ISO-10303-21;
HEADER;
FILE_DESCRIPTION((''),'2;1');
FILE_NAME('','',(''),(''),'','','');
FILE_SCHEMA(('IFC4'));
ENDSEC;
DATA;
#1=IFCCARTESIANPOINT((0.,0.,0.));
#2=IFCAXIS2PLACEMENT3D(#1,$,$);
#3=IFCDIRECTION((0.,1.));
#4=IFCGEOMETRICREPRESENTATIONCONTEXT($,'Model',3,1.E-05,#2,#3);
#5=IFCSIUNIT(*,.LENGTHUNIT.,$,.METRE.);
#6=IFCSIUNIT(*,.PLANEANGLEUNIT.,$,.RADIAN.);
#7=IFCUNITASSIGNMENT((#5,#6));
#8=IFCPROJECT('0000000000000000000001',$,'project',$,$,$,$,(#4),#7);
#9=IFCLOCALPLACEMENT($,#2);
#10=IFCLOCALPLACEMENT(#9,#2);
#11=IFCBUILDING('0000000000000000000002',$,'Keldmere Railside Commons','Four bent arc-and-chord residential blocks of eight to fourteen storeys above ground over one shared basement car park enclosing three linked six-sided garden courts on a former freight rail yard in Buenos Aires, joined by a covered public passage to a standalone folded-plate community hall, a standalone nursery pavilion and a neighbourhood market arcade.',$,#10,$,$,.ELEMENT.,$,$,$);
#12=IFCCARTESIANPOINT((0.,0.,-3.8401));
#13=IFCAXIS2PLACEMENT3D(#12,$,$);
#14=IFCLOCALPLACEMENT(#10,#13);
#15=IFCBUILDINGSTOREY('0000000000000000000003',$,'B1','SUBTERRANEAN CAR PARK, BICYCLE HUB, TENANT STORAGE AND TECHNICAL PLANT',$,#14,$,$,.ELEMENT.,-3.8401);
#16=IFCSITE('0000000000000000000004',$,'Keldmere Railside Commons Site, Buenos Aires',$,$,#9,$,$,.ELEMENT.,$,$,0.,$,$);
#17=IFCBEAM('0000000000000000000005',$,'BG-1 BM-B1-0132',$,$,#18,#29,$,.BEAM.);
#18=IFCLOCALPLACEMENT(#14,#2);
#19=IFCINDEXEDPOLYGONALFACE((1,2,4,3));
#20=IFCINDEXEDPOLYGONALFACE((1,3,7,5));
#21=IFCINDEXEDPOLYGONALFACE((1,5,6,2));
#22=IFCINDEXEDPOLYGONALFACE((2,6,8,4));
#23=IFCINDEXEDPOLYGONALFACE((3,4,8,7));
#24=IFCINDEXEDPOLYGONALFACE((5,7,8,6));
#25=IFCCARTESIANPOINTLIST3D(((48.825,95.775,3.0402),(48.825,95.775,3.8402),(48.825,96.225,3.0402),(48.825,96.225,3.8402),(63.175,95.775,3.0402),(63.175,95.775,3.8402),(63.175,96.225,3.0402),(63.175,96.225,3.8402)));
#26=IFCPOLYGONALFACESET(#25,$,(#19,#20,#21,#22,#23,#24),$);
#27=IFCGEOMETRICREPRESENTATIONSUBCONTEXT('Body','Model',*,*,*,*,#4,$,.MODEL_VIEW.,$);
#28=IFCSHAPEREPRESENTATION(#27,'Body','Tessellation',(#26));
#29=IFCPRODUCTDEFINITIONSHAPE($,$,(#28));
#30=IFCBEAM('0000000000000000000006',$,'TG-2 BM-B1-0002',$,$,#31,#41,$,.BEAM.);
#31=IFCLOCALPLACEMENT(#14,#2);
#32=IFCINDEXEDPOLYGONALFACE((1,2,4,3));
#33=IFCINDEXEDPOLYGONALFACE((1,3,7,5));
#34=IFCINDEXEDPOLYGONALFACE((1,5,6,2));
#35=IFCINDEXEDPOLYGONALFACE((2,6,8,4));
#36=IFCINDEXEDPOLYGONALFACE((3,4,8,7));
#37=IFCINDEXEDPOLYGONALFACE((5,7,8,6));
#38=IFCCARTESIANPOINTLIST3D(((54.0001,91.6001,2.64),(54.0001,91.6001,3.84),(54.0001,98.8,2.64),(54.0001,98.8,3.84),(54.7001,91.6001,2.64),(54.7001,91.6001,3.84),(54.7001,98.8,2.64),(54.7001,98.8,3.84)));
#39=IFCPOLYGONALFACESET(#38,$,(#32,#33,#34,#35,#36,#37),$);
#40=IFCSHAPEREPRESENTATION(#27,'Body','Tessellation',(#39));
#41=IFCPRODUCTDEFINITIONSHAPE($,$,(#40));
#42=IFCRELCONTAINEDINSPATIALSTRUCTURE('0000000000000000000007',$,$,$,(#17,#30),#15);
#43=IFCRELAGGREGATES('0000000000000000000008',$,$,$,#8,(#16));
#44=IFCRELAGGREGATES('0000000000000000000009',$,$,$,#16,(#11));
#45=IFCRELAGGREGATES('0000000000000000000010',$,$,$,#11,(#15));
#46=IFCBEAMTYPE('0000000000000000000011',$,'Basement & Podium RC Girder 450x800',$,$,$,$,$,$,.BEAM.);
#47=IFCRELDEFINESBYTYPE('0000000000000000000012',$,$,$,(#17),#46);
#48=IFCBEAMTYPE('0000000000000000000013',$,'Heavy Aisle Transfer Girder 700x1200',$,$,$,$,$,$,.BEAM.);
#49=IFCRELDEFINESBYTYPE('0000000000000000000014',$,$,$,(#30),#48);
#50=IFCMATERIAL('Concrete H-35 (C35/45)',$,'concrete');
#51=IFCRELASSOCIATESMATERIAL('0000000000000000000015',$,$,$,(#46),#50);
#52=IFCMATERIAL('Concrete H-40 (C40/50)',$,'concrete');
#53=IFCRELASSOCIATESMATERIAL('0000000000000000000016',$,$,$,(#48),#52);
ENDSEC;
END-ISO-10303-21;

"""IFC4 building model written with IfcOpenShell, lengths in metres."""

from ifc_helpers import new_model, si_unit, direction, frame, origin, origin_2d, place, context, subcontext, project, spatial, rectangle, extrude, material, material_profile, profile_set, type_object, element, save


model = new_model("IFC4")

# Units and contexts
model_context = context("Model", 3, precision=1e-05, world=origin(), true_north=direction((0.0, 1.0)))
body_context = subcontext(model_context, "Body", "Model", "MODEL_VIEW")
ifc_project = project(units=[si_unit("LENGTHUNIT", "METRE"), si_unit("PLANEANGLEUNIT", "RADIAN")], contexts=[model_context])

# Site, building, storey
site_placement = place(None, origin())
site = spatial("IfcSite", under=ifc_project, at=site_placement, Name="Keldmere Railside Commons Site, Buenos Aires", CompositionType="ELEMENT", RefElevation=0.0)
building_placement = place(site_placement, origin())
building = spatial("IfcBuilding", under=site, at=building_placement, Name="Keldmere Railside Commons", Description="Four bent arc-and-chord residential blocks of eight to fourteen storeys above ground over one shared basement car park enclosing three linked six-sided garden courts on a former freight rail yard in Buenos Aires, joined by a covered public passage to a standalone folded-plate community hall, a standalone nursery pavilion and a neighbourhood market arcade.", CompositionType="ELEMENT")
storey_placement = place(building_placement, frame((0.0, 0.0, -3.8401)))
storey = spatial("IfcBuildingStorey", under=building, at=storey_placement, Name="B1", Description="SUBTERRANEAN CAR PARK, BICYCLE HUB, TENANT STORAGE AND TECHNICAL PLANT", CompositionType="ELEMENT", Elevation=-3.8401)

# Shared definitions
ifc_material_1 = material(Name="Concrete H-40 (C40/50)", Category="concrete")

# Beams
ifc_material_2 = material(Name="Concrete H-35 (C35/45)", Category="concrete")
ifc_material_profile_1 = material_profile(ifc_material_2, rectangle(XDim=0.45, YDim=0.8, at=origin_2d()), Name="RC-450x800")
ifc_profile_set_1 = profile_set([ifc_material_profile_1], Name="Concrete H-35 (C35/45)")
beam_type_1 = type_object("IfcBeamType", Name="Basement & Podium RC Girder 450x800", PredefinedType="BEAM", material=ifc_profile_set_1)
beam_1_placement = place(storey_placement, frame((48.825, 96.0, 3.4402), z_axis=(1.0, 0.0, 0.0), x_axis=(0.0, 1.0, 0.0)))
element("IfcBeam", 1, at=beam_1_placement, inside=storey, type_object=beam_type_1, Name="BG-1 BM-B1-0132", PredefinedType="BEAM", context=body_context, shape_type="SweptSolid", body=[
    extrude(rectangle(XDim=0.45, YDim=0.8, at=origin_2d()), origin(), (0.0, 0.0, 1.0), 14.3501),
])
ifc_material_profile_2 = material_profile(ifc_material_1, rectangle(XDim=0.7, YDim=1.2, at=origin_2d()), Name="RC-700x1200")
ifc_profile_set_2 = profile_set([ifc_material_profile_2], Name="Concrete H-40 (C40/50)")
beam_type_2 = type_object("IfcBeamType", Name="Heavy Aisle Transfer Girder 700x1200", PredefinedType="BEAM", material=ifc_profile_set_2)
beam_2_placement = place(storey_placement, frame((54.3501, 91.6001, 3.24), z_axis=(0.0, 1.0, 0.0), x_axis=(-1.0, 0.0, 0.0)))
element("IfcBeam", 2, at=beam_2_placement, inside=storey, type_object=beam_type_2, Name="TG-2 BM-B1-0002", PredefinedType="BEAM", context=body_context, shape_type="SweptSolid", body=[
    extrude(rectangle(XDim=0.7, YDim=1.2, at=origin_2d()), origin(), (0.0, 0.0, 1.0), 7.2),
])

save(model, "model.ifc")
